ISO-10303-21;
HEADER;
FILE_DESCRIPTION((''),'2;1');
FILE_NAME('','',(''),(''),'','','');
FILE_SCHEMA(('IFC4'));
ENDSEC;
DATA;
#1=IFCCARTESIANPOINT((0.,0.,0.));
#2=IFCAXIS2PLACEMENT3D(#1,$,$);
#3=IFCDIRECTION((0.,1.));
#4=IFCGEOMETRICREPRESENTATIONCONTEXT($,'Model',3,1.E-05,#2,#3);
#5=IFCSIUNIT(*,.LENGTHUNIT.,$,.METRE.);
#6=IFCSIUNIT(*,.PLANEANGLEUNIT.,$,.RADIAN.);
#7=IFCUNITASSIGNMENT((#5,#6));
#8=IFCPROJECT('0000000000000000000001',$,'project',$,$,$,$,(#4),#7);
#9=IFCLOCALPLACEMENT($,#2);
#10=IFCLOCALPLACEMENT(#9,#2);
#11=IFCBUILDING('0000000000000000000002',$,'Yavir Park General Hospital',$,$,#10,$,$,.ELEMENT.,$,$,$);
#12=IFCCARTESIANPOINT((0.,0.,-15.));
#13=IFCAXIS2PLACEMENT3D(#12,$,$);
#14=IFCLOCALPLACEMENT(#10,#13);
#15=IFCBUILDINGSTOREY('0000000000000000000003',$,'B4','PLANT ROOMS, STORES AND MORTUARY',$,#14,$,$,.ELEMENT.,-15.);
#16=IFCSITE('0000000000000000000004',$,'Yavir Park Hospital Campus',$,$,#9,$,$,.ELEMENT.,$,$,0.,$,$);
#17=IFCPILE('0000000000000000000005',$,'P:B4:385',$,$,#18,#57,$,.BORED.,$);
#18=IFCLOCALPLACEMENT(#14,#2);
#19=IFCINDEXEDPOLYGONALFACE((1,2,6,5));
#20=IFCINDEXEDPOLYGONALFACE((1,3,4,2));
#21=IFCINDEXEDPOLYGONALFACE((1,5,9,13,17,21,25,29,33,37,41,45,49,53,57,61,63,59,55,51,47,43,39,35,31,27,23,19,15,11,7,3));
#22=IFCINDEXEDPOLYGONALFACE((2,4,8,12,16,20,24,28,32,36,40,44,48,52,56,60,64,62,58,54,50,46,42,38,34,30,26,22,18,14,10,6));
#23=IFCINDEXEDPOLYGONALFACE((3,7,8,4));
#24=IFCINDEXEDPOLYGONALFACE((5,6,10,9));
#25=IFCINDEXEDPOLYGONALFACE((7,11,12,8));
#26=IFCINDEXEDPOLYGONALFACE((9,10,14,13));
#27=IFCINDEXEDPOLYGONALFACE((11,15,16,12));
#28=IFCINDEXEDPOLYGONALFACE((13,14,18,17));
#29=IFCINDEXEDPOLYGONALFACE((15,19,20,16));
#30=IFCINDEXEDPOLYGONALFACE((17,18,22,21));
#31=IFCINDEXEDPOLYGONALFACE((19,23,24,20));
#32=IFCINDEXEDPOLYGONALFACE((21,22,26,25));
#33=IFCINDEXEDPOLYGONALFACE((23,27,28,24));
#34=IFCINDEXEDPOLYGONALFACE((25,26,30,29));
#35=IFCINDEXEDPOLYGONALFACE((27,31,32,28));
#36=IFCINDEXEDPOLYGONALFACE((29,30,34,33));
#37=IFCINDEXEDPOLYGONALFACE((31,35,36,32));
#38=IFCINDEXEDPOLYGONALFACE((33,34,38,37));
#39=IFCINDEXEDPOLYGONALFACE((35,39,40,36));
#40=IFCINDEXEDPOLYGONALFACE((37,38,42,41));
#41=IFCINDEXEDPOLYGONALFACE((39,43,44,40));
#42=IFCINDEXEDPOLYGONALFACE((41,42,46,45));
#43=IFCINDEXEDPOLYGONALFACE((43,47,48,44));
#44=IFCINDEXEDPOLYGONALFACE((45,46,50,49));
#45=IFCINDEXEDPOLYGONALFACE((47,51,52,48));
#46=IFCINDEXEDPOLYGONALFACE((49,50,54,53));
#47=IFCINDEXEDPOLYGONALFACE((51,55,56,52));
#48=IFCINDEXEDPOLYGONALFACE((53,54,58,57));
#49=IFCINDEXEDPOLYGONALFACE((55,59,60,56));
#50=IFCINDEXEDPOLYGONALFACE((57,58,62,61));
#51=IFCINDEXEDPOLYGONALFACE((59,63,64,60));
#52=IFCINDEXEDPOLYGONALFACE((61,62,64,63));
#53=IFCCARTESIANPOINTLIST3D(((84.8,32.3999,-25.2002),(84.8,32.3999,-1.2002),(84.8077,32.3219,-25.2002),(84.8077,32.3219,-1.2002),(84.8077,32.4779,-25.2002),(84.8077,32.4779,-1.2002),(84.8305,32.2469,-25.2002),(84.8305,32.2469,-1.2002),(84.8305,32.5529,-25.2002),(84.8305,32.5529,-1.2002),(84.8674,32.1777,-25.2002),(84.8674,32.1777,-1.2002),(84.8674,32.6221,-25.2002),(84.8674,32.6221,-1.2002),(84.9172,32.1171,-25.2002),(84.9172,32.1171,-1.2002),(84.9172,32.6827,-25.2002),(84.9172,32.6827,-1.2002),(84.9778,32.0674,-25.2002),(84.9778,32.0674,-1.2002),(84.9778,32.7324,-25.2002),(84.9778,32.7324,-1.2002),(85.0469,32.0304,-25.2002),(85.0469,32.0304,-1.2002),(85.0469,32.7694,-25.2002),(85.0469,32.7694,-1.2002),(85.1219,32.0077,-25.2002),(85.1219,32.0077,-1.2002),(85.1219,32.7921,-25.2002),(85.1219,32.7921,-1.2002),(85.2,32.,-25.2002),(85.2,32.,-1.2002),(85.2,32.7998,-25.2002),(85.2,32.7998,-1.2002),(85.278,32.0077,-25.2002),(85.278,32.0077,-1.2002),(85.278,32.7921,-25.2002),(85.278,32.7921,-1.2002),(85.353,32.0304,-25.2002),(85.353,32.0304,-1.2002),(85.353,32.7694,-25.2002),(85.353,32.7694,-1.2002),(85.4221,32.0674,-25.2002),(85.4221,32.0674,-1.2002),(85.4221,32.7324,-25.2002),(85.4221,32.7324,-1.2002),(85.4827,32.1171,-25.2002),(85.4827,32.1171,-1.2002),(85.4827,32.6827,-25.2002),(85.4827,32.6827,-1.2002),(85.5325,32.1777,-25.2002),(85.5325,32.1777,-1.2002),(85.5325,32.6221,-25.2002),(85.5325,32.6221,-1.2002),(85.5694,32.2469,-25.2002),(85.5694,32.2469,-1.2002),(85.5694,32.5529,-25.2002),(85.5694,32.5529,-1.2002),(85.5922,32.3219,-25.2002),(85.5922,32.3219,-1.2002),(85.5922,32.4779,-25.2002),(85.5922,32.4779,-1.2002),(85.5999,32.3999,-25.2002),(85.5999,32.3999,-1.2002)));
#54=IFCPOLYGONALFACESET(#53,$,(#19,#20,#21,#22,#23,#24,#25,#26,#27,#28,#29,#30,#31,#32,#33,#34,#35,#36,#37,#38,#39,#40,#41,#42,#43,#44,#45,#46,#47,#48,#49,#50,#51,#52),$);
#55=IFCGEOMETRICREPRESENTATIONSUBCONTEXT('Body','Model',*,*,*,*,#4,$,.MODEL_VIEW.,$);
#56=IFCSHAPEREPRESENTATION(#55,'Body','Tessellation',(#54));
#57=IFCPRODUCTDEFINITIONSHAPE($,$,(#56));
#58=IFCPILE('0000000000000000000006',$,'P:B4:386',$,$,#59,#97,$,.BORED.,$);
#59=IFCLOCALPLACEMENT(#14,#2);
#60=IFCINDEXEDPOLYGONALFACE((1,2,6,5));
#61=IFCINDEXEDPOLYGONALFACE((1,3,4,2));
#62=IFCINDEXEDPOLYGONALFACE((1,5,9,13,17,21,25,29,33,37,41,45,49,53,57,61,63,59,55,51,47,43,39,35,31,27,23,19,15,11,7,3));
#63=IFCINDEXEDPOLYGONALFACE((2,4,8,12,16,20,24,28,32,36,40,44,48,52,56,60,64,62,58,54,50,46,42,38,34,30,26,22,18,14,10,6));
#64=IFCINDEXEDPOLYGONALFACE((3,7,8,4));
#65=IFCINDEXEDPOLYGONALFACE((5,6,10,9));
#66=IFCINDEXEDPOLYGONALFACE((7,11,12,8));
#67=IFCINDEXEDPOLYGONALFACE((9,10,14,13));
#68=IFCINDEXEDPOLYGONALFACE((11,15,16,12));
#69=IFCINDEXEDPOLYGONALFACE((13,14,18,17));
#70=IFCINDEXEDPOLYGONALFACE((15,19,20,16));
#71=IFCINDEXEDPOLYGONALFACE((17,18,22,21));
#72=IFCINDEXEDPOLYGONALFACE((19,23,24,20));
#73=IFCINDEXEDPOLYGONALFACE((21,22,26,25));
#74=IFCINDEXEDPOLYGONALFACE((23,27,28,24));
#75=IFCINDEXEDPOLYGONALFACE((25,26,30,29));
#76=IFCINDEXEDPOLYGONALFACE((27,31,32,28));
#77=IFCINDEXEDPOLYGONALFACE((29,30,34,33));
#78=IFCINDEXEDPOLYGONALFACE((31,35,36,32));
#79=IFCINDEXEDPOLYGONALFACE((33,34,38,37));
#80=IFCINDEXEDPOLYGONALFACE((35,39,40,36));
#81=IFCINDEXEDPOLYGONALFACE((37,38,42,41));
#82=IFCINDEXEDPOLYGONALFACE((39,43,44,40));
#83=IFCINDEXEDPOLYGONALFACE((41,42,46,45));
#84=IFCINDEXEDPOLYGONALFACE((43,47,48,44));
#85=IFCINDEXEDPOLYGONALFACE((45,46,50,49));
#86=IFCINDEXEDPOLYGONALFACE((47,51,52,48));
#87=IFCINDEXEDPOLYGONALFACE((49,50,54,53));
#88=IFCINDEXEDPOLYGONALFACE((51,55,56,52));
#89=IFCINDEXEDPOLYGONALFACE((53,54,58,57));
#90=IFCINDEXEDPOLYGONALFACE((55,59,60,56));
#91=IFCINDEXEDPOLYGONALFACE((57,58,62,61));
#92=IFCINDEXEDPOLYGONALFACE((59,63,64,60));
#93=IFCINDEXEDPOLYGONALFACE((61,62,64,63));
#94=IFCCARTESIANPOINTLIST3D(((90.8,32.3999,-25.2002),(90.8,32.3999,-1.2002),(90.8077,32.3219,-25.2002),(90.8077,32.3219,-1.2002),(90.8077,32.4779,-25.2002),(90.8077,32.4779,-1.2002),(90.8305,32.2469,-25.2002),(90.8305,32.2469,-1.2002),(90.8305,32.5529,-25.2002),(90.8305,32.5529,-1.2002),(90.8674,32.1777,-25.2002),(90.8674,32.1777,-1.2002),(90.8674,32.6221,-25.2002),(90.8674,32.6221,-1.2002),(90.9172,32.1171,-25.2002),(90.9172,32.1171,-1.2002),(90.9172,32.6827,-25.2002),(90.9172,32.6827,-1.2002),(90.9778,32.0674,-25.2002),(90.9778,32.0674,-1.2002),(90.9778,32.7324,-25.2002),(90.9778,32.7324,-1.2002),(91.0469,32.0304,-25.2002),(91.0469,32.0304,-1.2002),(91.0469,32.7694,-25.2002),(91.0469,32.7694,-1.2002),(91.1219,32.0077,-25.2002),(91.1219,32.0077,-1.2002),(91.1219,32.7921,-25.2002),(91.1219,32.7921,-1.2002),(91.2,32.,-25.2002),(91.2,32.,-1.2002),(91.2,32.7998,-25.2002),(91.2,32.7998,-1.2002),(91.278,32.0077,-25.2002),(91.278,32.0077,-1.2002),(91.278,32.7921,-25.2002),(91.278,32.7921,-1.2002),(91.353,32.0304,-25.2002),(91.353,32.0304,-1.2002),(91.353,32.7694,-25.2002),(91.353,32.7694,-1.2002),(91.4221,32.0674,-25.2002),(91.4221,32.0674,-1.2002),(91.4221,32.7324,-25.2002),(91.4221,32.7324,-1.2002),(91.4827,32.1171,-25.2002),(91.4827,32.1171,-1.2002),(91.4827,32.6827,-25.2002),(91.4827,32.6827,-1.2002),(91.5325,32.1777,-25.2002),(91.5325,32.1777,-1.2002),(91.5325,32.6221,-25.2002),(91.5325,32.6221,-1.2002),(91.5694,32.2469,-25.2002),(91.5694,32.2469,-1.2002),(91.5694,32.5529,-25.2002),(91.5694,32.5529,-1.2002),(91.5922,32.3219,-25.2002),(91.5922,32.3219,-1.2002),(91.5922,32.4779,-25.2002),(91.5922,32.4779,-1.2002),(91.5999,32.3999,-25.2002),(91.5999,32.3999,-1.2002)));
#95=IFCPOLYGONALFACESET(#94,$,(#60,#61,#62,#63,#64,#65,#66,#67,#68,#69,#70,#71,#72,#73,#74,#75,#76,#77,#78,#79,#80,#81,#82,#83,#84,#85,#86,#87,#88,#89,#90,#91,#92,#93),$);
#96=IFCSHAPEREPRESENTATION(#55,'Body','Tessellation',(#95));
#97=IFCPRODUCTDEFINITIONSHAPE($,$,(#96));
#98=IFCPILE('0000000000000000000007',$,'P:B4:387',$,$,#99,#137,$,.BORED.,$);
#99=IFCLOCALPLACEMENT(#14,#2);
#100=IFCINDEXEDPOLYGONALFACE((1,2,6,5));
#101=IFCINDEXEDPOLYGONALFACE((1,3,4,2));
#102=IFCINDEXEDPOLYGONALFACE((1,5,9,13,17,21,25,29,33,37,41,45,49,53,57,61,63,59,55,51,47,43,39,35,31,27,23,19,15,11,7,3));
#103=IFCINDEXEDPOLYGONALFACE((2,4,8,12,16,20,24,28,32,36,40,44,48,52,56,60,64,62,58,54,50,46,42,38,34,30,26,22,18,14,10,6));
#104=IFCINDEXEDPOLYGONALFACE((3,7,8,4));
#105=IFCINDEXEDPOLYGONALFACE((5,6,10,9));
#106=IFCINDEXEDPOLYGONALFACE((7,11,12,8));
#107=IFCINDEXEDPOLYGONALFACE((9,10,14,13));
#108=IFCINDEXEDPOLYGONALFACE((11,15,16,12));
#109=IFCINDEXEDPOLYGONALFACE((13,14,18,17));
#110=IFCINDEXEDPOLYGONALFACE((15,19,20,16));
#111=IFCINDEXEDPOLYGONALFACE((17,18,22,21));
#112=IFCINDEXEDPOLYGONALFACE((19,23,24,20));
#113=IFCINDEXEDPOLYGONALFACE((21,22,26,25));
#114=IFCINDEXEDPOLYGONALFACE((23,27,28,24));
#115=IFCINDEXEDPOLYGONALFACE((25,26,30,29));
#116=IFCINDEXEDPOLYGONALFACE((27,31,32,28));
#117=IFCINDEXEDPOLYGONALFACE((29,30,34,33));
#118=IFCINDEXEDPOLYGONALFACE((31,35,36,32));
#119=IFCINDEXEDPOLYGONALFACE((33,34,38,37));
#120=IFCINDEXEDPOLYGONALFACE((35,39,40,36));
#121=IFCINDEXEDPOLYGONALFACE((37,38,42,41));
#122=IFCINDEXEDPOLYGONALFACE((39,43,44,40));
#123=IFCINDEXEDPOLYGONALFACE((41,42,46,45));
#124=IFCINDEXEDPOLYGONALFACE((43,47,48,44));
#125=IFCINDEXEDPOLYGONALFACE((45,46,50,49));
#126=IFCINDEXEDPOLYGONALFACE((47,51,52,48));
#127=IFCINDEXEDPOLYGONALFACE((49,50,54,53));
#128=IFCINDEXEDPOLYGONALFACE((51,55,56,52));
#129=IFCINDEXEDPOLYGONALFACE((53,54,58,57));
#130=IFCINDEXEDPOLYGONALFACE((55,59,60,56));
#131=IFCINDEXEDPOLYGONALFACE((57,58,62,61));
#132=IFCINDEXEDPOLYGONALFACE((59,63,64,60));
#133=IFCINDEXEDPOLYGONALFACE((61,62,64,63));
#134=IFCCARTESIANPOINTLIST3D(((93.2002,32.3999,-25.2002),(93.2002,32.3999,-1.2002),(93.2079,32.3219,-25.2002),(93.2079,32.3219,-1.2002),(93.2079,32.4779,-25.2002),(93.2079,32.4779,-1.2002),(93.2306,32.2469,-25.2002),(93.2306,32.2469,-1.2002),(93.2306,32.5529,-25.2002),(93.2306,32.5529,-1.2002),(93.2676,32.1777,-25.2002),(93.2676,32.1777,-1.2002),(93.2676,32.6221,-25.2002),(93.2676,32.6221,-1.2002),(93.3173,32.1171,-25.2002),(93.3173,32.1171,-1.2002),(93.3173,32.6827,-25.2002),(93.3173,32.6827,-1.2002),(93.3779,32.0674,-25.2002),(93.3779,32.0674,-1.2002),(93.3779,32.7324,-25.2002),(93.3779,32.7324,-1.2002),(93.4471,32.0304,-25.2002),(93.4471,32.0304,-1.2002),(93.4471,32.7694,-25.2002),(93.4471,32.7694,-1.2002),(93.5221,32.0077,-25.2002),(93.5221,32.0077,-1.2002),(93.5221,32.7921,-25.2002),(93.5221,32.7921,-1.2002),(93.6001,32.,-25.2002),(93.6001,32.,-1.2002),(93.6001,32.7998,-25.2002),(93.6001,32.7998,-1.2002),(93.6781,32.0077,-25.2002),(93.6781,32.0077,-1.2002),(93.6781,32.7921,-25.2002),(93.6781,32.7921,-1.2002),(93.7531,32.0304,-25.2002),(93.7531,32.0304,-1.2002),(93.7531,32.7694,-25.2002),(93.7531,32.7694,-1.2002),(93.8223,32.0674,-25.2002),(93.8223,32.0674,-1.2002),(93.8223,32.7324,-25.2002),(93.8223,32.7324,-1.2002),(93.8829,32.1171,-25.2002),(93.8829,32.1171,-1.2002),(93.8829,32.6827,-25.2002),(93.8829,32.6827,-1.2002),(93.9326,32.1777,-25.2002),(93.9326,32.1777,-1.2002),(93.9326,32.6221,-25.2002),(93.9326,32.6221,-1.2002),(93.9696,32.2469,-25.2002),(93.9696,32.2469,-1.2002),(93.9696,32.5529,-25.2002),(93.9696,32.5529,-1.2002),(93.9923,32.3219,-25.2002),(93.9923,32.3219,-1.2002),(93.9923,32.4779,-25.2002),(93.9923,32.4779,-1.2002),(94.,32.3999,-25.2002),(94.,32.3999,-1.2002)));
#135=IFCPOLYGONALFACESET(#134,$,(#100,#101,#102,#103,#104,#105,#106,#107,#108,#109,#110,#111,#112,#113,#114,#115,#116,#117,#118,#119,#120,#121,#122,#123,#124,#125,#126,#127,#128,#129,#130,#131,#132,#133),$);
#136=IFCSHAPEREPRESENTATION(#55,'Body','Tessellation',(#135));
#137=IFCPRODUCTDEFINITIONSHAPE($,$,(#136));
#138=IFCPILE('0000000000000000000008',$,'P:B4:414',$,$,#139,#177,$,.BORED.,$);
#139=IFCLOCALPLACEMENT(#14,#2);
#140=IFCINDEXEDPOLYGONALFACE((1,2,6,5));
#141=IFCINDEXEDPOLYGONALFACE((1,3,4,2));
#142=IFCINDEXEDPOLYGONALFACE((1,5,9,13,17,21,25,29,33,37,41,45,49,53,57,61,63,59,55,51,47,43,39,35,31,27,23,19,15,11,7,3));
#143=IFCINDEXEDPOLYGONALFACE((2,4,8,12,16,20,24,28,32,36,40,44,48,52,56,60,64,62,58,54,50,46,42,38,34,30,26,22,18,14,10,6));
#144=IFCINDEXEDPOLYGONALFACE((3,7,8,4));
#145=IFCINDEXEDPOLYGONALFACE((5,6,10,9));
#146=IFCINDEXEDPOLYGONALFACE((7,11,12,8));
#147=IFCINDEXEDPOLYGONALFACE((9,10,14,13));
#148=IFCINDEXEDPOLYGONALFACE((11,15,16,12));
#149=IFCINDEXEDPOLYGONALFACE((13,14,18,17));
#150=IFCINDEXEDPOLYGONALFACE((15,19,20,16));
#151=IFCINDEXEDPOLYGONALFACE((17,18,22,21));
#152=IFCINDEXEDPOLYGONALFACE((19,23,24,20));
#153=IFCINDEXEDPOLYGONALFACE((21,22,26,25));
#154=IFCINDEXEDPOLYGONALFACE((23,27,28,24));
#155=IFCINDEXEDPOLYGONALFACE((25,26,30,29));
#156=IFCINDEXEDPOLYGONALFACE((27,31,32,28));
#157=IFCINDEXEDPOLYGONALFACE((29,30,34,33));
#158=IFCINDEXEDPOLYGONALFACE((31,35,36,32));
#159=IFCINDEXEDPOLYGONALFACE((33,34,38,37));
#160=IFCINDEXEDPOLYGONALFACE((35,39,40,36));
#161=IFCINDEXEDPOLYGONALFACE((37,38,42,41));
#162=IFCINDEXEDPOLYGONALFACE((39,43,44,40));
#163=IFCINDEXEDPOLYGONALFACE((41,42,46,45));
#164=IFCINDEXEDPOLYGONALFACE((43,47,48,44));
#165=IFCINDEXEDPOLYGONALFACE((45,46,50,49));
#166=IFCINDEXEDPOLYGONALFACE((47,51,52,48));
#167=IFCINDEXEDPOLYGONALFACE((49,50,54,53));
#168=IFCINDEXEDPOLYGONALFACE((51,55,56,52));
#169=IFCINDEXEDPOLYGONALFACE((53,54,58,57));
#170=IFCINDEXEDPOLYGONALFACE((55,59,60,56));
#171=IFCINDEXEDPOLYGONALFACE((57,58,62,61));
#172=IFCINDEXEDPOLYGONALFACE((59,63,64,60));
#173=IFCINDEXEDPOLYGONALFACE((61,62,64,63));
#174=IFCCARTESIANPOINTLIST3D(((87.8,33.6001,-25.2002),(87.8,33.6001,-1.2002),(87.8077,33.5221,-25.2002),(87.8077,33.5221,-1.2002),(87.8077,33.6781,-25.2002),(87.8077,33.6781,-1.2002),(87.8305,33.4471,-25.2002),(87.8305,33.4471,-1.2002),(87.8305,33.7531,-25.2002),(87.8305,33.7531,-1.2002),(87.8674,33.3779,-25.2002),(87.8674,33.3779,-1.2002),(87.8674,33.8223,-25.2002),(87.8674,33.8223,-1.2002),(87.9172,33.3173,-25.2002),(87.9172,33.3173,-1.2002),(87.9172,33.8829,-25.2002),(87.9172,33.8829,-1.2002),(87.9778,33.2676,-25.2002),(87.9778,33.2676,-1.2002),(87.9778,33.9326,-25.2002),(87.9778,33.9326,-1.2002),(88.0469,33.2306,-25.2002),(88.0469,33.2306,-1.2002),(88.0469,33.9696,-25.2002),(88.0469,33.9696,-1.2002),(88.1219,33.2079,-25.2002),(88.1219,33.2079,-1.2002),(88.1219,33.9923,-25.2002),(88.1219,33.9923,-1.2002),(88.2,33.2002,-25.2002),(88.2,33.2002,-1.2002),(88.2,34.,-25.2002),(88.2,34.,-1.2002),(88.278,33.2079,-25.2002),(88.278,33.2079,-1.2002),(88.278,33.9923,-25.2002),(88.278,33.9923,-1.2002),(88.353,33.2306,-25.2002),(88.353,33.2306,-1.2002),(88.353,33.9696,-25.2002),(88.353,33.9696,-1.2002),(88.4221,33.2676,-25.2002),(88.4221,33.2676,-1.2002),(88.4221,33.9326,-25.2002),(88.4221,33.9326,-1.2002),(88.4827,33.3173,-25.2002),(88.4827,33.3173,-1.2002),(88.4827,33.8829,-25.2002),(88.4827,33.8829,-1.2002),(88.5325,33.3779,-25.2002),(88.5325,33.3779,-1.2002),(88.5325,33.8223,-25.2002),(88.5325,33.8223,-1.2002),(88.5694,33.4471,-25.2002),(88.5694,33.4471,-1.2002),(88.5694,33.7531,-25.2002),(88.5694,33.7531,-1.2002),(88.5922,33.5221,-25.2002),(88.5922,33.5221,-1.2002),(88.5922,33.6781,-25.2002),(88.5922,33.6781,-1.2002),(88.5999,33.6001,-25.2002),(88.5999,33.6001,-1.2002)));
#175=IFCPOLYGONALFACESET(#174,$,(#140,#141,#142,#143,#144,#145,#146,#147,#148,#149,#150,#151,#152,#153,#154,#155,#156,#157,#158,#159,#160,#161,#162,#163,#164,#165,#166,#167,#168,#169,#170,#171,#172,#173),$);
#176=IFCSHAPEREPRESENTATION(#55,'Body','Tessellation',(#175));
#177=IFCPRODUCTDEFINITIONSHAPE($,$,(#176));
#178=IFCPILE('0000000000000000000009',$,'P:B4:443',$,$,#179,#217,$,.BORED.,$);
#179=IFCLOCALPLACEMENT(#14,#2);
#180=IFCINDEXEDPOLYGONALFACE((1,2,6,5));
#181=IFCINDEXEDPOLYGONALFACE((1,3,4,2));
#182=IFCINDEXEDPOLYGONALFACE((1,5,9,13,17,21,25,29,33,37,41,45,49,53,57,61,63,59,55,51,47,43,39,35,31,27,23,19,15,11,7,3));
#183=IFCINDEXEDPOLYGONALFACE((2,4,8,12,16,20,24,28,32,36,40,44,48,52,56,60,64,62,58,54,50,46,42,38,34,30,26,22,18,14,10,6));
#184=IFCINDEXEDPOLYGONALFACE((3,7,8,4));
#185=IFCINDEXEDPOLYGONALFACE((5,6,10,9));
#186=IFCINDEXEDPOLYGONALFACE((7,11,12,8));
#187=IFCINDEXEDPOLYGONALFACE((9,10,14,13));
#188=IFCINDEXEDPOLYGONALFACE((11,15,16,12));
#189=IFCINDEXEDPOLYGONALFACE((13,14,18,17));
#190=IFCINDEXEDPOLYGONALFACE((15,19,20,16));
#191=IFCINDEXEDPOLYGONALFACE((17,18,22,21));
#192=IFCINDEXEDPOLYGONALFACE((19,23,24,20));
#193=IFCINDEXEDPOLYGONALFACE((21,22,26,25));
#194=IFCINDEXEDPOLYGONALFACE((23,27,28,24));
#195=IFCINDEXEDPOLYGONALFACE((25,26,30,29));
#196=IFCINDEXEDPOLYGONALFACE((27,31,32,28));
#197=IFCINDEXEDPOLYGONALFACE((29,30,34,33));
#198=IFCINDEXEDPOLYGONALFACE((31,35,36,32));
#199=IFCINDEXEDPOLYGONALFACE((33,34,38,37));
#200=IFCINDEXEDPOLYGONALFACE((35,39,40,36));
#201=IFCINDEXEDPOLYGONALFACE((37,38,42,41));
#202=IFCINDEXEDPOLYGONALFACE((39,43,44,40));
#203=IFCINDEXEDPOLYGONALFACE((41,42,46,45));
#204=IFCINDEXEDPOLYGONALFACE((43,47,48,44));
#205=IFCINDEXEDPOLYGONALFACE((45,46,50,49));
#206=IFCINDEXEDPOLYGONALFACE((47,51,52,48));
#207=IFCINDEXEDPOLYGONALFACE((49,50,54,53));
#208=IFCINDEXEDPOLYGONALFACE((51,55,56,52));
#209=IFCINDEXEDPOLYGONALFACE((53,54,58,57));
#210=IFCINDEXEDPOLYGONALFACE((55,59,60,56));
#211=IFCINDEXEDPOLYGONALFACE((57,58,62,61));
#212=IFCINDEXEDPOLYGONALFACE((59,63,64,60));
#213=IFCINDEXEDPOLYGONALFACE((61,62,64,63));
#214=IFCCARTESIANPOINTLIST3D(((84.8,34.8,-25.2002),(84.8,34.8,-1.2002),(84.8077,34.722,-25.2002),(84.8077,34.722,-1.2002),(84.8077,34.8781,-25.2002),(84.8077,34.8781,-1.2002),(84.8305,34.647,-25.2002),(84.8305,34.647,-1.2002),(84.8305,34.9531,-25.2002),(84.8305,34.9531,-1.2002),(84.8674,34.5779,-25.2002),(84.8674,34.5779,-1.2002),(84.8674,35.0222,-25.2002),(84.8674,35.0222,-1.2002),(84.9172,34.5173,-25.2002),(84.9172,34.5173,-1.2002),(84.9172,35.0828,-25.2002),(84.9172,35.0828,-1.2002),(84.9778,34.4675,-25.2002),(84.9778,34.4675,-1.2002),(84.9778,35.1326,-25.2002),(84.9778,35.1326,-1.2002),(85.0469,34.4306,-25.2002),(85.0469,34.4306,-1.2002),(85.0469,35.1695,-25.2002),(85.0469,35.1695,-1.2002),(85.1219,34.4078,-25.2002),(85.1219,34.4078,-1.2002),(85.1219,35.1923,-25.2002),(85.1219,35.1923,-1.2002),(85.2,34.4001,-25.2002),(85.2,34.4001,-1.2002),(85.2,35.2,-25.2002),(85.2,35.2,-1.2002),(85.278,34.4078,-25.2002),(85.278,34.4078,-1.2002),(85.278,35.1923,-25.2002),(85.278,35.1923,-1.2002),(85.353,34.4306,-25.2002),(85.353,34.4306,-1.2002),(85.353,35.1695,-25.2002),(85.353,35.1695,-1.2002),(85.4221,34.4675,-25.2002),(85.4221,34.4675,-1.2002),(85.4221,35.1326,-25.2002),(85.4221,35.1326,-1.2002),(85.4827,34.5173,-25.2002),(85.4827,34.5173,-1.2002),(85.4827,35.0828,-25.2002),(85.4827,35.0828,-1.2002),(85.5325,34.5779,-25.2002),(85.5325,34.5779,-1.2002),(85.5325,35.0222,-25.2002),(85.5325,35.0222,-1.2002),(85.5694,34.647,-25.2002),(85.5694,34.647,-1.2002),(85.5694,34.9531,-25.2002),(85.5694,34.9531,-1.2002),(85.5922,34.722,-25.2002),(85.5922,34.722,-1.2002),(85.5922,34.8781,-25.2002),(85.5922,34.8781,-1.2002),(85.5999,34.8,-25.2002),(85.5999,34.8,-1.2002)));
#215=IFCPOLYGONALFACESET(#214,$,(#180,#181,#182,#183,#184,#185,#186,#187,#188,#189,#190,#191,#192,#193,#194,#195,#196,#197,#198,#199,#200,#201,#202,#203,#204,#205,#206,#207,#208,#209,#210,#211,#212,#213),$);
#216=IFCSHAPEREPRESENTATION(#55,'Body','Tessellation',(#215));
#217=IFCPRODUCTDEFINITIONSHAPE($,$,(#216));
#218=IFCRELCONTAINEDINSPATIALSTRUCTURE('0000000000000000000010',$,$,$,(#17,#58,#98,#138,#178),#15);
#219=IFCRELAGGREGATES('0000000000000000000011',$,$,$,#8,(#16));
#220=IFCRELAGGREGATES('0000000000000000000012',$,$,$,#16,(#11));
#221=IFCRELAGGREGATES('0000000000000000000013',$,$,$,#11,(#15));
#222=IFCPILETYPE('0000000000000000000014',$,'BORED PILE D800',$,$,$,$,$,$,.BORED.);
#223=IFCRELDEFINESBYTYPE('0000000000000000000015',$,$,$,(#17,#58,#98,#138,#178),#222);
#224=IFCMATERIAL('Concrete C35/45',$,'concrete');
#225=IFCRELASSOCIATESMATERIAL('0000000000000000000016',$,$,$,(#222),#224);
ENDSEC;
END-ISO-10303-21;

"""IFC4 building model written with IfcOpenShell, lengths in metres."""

from ifc_helpers import new_model, si_unit, direction, frame, origin, origin_2d, place, context, subcontext, project, spatial, circle, extrude, material, material_profile, profile_set, type_object, element, save


model = new_model("IFC4")

# Units and contexts
model_context = context("Model", 3, precision=1e-05, world=origin(), true_north=direction((0.0, 1.0)))
body_context = subcontext(model_context, "Body", "Model", "MODEL_VIEW")
ifc_project = project(units=[si_unit("LENGTHUNIT", "METRE"), si_unit("PLANEANGLEUNIT", "RADIAN")], contexts=[model_context])

# Site, building, storey
site_placement = place(None, origin())
site = spatial("IfcSite", under=ifc_project, at=site_placement, Name="Yavir Park Hospital Campus", CompositionType="ELEMENT", RefElevation=0.0)
building_placement = place(site_placement, origin())
building = spatial("IfcBuilding", under=site, at=building_placement, Name="Yavir Park General Hospital", CompositionType="ELEMENT")
storey_placement = place(building_placement, frame((0.0, 0.0, -15.0)))
storey = spatial("IfcBuildingStorey", under=building, at=storey_placement, Name="B4", Description="PLANT ROOMS, STORES AND MORTUARY", CompositionType="ELEMENT", Elevation=-15.0)

# Piles
ifc_material_1 = material(Name="Concrete C35/45", Category="concrete")
ifc_material_profile_1 = material_profile(ifc_material_1, circle(Radius=0.3999, at=origin_2d()), Name="D800")
ifc_profile_set_1 = profile_set([ifc_material_profile_1], Name="Concrete C35/45")
pile_type_1 = type_object("IfcPileType", Name="BORED PILE D800", PredefinedType="BORED", material=ifc_profile_set_1)
for number, where, z_axis, x_axis, name in (
    (1, (85.2, 32.3999, -1.2002), (0.0, 0.0, -1.0), (1.0, 0.0, 0.0), "P:B4:385"),
    (2, (91.2, 32.3999, -1.2002), (0.0, 0.0, -1.0), (1.0, 0.0, 0.0), "P:B4:386"),
    (3, (93.6001, 32.3999, -1.2002), (0.0, 0.0, -1.0), (1.0, 0.0, 0.0), "P:B4:387"),
    (4, (88.2, 33.6001, -1.2002), (0.0, 0.0, -1.0), (1.0, 0.0, 0.0), "P:B4:414"),
    (5, (85.2, 34.8, -1.2002), (0.0, 0.0, -1.0), (1.0, 0.0, 0.0), "P:B4:443"),
):
    element("IfcPile", number, at=place(storey_placement, frame(where, z_axis=z_axis, x_axis=x_axis)), inside=storey, type_object=pile_type_1, Name=name, PredefinedType="BORED", context=body_context, shape_type="SweptSolid", body=[
        extrude(circle(Radius=0.3999, at=origin_2d()), origin(), (0.0, 0.0, 1.0), 24.0),
    ])

save(model, "model.ifc")
